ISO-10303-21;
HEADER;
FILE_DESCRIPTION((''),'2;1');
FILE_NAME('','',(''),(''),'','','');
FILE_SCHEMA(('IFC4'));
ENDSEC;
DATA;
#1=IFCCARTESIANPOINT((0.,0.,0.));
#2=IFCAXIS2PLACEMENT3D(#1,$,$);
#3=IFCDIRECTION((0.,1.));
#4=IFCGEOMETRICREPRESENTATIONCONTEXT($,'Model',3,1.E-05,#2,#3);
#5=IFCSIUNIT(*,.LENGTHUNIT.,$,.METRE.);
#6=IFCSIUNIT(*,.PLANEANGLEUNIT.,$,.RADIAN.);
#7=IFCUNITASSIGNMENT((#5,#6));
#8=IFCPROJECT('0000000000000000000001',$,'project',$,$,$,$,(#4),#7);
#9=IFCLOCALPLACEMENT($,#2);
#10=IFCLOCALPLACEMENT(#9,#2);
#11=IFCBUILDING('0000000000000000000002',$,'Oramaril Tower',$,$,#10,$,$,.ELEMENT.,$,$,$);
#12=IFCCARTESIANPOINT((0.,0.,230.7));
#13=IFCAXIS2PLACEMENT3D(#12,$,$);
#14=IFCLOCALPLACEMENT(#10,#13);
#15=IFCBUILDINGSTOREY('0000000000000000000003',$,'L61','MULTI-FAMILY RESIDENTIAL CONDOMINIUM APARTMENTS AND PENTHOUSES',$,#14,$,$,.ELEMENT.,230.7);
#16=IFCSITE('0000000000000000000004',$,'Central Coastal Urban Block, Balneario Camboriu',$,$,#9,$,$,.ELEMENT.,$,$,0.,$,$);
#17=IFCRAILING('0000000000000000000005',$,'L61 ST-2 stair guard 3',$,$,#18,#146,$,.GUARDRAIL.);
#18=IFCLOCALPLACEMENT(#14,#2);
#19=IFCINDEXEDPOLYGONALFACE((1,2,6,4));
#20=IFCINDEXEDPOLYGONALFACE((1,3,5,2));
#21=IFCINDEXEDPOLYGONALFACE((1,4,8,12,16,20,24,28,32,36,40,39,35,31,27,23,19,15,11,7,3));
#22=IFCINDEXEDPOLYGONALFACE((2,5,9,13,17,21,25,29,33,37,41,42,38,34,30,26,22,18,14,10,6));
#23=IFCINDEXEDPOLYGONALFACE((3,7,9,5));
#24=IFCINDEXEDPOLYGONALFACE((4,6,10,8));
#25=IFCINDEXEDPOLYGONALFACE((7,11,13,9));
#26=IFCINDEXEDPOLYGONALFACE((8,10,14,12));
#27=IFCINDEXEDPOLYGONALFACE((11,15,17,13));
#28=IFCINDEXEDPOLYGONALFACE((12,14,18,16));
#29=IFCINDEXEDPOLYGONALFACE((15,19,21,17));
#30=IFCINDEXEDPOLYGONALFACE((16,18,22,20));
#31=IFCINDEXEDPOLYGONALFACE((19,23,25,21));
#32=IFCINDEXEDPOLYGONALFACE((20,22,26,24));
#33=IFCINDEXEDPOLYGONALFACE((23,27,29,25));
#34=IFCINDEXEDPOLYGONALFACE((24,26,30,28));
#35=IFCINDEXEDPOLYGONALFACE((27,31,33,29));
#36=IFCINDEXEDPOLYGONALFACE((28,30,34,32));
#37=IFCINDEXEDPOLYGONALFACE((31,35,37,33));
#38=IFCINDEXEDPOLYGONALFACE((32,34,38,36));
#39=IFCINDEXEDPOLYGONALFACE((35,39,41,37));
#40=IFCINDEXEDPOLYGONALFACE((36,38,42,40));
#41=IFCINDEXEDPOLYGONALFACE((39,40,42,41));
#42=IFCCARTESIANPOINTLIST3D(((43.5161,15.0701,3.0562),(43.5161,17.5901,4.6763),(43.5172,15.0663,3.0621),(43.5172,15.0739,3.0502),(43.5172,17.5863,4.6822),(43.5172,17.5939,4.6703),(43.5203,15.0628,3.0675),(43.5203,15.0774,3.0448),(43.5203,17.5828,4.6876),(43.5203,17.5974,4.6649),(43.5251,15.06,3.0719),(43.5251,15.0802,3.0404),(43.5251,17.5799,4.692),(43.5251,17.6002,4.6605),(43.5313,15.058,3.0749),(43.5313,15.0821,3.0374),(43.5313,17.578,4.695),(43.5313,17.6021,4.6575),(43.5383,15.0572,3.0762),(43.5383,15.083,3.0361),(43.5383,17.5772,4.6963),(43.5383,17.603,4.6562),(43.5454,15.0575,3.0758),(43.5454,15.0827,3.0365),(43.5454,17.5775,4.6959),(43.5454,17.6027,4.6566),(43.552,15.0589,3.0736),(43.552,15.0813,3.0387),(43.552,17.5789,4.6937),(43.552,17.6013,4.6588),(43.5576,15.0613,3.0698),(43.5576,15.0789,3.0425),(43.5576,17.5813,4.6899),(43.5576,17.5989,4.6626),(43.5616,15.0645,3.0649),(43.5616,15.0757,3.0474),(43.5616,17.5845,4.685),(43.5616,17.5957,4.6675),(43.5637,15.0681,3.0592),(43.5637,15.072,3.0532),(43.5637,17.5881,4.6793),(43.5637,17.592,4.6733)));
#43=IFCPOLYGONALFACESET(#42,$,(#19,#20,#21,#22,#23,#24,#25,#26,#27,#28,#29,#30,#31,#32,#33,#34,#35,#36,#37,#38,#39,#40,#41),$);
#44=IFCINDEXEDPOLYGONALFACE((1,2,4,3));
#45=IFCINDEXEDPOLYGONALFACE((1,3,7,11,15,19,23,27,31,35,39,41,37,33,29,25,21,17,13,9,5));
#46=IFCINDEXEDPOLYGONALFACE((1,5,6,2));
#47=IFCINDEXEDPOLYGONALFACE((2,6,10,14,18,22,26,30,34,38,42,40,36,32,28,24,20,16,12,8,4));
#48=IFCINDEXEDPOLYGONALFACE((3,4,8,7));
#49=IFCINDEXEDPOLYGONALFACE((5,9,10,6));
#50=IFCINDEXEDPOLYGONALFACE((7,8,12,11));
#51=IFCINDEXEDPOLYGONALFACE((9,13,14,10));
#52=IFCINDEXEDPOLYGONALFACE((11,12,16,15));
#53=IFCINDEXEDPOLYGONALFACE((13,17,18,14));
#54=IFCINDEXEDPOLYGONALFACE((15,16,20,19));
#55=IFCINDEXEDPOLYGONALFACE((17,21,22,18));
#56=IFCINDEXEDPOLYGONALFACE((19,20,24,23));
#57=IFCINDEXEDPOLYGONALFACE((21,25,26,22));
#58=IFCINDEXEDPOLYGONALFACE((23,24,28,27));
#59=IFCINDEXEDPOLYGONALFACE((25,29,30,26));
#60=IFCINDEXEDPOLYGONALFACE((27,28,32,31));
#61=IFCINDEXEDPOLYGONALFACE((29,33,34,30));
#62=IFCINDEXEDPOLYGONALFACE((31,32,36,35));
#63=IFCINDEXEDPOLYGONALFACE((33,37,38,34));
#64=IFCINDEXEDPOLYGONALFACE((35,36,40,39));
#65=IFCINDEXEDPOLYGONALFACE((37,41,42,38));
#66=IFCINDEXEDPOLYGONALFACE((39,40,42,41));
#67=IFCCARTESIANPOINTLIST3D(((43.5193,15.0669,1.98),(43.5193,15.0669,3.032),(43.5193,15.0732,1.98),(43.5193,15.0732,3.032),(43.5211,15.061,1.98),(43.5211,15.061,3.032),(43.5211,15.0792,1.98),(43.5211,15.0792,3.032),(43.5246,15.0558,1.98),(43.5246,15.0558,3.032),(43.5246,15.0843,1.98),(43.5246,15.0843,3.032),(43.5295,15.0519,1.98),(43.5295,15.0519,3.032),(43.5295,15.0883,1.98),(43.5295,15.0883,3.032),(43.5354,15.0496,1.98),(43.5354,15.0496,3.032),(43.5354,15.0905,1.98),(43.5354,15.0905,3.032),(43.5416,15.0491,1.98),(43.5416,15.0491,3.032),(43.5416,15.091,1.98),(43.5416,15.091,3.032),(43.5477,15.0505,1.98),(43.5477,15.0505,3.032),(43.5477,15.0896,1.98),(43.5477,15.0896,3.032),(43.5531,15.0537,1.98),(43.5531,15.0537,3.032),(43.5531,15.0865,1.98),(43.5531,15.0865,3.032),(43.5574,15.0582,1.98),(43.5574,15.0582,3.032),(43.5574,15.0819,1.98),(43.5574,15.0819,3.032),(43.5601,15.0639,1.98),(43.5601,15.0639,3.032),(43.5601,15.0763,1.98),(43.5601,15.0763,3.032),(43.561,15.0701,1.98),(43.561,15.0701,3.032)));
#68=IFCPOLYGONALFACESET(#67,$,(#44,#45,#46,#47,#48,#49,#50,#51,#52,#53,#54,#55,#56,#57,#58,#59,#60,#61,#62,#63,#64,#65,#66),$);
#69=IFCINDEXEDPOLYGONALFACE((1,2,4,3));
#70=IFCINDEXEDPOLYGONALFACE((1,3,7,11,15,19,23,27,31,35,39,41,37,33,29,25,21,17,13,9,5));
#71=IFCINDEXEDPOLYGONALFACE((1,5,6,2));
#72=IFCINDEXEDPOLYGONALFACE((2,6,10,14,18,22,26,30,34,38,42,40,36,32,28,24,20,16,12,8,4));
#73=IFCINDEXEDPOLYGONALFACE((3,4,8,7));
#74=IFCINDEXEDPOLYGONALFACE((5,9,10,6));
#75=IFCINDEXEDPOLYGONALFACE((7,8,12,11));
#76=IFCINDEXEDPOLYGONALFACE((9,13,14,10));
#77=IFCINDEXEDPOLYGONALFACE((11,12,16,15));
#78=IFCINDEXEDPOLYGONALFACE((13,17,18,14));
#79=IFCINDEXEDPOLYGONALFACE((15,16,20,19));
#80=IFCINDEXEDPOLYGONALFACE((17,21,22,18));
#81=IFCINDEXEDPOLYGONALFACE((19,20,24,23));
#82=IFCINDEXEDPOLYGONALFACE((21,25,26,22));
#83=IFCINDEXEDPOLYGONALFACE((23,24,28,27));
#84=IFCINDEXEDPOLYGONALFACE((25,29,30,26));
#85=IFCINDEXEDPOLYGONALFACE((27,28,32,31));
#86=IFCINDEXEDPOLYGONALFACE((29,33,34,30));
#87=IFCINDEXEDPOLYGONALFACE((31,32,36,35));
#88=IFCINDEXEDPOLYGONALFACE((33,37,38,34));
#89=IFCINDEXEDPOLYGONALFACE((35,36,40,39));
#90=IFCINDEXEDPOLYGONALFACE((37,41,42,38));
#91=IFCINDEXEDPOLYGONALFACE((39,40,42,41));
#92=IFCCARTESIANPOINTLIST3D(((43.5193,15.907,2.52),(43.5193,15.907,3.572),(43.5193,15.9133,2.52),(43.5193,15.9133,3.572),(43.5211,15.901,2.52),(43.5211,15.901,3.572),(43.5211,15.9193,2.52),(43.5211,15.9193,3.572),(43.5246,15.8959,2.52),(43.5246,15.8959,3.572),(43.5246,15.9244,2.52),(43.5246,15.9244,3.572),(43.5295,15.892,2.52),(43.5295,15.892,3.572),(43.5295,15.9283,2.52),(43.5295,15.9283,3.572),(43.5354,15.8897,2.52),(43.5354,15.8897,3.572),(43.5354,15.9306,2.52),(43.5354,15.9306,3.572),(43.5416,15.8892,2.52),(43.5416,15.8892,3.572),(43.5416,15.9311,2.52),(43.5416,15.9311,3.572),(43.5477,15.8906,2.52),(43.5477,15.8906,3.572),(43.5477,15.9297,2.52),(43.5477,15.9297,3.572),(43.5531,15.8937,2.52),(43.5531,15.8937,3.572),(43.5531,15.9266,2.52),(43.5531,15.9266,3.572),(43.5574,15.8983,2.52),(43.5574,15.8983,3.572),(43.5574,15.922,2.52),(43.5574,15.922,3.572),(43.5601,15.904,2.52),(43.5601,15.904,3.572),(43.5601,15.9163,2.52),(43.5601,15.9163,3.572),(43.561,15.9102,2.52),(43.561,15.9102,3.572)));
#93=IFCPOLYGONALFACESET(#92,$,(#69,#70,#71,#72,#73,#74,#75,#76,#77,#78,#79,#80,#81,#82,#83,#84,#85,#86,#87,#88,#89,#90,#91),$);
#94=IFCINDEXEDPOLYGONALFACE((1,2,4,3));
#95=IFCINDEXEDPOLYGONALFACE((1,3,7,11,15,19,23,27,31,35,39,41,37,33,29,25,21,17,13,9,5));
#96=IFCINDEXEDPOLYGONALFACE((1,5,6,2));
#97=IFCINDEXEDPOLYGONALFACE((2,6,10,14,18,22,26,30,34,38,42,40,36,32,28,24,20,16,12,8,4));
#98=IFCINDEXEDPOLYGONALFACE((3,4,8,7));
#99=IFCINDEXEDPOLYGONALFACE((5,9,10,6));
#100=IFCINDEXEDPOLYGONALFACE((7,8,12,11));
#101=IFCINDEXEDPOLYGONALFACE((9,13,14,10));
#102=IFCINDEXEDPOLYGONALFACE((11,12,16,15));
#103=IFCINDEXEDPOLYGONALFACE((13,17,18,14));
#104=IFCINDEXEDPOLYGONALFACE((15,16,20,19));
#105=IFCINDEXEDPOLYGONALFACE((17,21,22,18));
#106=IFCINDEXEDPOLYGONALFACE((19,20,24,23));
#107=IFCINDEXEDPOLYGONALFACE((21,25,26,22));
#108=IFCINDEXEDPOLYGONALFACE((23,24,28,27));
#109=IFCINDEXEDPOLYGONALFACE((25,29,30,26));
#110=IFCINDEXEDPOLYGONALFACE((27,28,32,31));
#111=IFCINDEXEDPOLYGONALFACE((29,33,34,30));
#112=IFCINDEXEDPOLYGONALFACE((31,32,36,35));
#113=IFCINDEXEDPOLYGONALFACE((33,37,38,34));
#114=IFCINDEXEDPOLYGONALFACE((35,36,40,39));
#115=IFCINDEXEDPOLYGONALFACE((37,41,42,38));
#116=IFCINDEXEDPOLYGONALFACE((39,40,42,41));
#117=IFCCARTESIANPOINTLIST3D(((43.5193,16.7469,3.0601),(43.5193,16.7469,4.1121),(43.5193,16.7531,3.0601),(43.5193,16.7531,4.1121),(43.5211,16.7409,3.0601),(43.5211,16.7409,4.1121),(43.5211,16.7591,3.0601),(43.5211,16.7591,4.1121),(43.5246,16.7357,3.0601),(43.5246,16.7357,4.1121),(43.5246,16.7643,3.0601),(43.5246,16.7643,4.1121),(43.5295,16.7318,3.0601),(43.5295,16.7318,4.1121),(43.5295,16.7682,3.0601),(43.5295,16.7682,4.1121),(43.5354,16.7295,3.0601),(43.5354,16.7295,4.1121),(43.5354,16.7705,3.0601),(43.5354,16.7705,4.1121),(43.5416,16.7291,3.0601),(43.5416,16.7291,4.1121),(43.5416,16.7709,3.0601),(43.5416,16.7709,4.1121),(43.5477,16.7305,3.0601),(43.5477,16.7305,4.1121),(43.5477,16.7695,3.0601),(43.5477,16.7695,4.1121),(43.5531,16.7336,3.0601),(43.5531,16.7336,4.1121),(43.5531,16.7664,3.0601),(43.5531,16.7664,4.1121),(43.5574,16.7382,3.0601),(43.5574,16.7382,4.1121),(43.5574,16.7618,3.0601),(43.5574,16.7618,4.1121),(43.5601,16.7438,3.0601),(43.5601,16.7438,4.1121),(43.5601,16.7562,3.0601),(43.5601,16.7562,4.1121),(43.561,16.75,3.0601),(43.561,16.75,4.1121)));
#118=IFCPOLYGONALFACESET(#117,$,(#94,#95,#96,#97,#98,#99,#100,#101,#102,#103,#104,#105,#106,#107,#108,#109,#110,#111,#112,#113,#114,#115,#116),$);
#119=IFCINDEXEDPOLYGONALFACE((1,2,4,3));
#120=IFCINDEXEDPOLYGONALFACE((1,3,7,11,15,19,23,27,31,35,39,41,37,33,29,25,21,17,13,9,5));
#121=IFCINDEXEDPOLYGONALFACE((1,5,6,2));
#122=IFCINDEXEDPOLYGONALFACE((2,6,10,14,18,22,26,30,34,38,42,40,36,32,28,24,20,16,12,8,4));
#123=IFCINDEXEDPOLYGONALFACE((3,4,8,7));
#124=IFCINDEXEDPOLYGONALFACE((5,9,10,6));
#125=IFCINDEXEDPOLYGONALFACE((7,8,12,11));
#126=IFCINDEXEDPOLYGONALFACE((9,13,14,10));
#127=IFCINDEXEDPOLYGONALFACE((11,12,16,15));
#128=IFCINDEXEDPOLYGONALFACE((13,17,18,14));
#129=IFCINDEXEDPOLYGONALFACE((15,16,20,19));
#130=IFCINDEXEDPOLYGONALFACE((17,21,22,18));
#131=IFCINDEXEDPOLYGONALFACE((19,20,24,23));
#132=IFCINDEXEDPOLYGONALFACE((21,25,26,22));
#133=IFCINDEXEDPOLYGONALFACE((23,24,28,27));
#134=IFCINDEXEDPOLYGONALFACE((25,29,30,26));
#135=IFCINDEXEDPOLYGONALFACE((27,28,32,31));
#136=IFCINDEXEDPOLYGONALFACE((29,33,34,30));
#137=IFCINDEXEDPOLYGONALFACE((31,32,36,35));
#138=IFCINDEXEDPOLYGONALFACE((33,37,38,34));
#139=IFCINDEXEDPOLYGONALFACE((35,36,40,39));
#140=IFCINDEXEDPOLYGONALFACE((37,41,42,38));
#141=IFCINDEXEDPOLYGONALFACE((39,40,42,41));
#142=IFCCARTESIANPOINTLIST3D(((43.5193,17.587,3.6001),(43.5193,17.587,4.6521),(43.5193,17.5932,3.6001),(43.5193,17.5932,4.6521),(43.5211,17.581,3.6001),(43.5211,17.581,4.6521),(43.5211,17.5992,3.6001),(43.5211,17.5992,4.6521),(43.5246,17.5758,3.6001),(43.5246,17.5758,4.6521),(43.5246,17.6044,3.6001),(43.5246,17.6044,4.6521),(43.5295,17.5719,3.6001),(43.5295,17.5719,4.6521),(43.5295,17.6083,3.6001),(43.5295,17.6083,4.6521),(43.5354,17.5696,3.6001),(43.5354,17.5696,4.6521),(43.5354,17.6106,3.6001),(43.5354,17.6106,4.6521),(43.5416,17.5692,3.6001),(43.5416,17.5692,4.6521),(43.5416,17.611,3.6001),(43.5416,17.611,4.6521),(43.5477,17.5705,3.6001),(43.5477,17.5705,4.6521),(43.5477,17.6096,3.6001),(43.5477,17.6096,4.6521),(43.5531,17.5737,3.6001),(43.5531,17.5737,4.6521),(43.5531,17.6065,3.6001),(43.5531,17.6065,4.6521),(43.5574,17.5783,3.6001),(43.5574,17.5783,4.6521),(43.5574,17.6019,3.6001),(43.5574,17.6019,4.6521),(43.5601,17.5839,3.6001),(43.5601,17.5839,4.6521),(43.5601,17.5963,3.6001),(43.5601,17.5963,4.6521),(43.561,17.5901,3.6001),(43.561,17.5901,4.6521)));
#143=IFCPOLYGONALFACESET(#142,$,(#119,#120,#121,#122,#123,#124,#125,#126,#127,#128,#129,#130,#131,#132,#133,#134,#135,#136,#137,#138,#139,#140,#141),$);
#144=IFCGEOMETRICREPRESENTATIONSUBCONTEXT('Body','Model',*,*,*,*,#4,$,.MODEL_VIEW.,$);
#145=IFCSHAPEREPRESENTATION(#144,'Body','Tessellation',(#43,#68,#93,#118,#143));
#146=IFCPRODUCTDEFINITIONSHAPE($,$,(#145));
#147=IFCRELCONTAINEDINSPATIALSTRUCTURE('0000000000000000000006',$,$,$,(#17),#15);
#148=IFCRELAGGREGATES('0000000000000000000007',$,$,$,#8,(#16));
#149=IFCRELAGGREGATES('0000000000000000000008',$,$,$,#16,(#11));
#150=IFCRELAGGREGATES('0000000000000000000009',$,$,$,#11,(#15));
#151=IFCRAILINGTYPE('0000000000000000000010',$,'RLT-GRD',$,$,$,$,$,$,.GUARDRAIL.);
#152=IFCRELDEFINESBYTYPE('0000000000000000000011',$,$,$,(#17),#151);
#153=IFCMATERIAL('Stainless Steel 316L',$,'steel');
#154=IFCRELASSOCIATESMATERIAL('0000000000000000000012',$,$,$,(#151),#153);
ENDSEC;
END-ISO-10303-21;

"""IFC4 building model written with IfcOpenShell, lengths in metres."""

from ifc_helpers import new_model, si_unit, direction, frame, origin, origin_2d, place, context, subcontext, project, spatial, circle, extrude, material, type_object, element, save


model = new_model("IFC4")

# Units and contexts
model_context = context("Model", 3, precision=1e-05, world=origin(), true_north=direction((0.0, 1.0)))
body_context = subcontext(model_context, "Body", "Model", "MODEL_VIEW")
ifc_project = project(units=[si_unit("LENGTHUNIT", "METRE"), si_unit("PLANEANGLEUNIT", "RADIAN")], contexts=[model_context])

# Site, building, storey
site_placement = place(None, origin())
site = spatial("IfcSite", under=ifc_project, at=site_placement, Name="Central Coastal Urban Block, Balneario Camboriu", CompositionType="ELEMENT", RefElevation=0.0)
building_placement = place(site_placement, origin())
building = spatial("IfcBuilding", under=site, at=building_placement, Name="Oramaril Tower", CompositionType="ELEMENT")
storey_placement = place(building_placement, frame((0.0, 0.0, 230.7)))
storey = spatial("IfcBuildingStorey", under=building, at=storey_placement, Name="L61", Description="MULTI-FAMILY RESIDENTIAL CONDOMINIUM APARTMENTS AND PENTHOUSES", CompositionType="ELEMENT", Elevation=230.7)

# Railing
ifc_material_1 = material(Name="Stainless Steel 316L", Category="steel")
railing_type_1 = type_object("IfcRailingType", Name="RLT-GRD", PredefinedType="GUARDRAIL", material=ifc_material_1)
railing_1_placement = place(storey_placement, frame((43.54, 15.0701, 1.98)))
element("IfcRailing", 1, at=railing_1_placement, inside=storey, type_object=railing_type_1, Name="L61 ST-2 stair guard 3", PredefinedType="GUARDRAIL", context=body_context, shape_type="SweptSolid", body=[
    extrude(circle(Radius=0.0239, at=origin_2d()), frame((0.0, 0.0, 1.0762), z_axis=(0.0, 0.841163, 0.540782), x_axis=(-1.0, 0.0, 0.0)), (0.0, 0.0, 1.0), 2.9958),
    extrude(circle(Radius=0.021, at=origin_2d()), origin(), (0.0, 0.0, 1.0), 1.052),
    extrude(circle(Radius=0.021, at=origin_2d()), frame((0.0, 0.8401, 0.54)), (0.0, 0.0, 1.0), 1.052),
    extrude(circle(Radius=0.021, at=origin_2d()), frame((0.0, 1.6799, 1.0801)), (0.0, 0.0, 1.0), 1.052),
    extrude(circle(Radius=0.021, at=origin_2d()), frame((0.0, 2.52, 1.6201)), (0.0, 0.0, 1.0), 1.052),
])

save(model, "model.ifc")
